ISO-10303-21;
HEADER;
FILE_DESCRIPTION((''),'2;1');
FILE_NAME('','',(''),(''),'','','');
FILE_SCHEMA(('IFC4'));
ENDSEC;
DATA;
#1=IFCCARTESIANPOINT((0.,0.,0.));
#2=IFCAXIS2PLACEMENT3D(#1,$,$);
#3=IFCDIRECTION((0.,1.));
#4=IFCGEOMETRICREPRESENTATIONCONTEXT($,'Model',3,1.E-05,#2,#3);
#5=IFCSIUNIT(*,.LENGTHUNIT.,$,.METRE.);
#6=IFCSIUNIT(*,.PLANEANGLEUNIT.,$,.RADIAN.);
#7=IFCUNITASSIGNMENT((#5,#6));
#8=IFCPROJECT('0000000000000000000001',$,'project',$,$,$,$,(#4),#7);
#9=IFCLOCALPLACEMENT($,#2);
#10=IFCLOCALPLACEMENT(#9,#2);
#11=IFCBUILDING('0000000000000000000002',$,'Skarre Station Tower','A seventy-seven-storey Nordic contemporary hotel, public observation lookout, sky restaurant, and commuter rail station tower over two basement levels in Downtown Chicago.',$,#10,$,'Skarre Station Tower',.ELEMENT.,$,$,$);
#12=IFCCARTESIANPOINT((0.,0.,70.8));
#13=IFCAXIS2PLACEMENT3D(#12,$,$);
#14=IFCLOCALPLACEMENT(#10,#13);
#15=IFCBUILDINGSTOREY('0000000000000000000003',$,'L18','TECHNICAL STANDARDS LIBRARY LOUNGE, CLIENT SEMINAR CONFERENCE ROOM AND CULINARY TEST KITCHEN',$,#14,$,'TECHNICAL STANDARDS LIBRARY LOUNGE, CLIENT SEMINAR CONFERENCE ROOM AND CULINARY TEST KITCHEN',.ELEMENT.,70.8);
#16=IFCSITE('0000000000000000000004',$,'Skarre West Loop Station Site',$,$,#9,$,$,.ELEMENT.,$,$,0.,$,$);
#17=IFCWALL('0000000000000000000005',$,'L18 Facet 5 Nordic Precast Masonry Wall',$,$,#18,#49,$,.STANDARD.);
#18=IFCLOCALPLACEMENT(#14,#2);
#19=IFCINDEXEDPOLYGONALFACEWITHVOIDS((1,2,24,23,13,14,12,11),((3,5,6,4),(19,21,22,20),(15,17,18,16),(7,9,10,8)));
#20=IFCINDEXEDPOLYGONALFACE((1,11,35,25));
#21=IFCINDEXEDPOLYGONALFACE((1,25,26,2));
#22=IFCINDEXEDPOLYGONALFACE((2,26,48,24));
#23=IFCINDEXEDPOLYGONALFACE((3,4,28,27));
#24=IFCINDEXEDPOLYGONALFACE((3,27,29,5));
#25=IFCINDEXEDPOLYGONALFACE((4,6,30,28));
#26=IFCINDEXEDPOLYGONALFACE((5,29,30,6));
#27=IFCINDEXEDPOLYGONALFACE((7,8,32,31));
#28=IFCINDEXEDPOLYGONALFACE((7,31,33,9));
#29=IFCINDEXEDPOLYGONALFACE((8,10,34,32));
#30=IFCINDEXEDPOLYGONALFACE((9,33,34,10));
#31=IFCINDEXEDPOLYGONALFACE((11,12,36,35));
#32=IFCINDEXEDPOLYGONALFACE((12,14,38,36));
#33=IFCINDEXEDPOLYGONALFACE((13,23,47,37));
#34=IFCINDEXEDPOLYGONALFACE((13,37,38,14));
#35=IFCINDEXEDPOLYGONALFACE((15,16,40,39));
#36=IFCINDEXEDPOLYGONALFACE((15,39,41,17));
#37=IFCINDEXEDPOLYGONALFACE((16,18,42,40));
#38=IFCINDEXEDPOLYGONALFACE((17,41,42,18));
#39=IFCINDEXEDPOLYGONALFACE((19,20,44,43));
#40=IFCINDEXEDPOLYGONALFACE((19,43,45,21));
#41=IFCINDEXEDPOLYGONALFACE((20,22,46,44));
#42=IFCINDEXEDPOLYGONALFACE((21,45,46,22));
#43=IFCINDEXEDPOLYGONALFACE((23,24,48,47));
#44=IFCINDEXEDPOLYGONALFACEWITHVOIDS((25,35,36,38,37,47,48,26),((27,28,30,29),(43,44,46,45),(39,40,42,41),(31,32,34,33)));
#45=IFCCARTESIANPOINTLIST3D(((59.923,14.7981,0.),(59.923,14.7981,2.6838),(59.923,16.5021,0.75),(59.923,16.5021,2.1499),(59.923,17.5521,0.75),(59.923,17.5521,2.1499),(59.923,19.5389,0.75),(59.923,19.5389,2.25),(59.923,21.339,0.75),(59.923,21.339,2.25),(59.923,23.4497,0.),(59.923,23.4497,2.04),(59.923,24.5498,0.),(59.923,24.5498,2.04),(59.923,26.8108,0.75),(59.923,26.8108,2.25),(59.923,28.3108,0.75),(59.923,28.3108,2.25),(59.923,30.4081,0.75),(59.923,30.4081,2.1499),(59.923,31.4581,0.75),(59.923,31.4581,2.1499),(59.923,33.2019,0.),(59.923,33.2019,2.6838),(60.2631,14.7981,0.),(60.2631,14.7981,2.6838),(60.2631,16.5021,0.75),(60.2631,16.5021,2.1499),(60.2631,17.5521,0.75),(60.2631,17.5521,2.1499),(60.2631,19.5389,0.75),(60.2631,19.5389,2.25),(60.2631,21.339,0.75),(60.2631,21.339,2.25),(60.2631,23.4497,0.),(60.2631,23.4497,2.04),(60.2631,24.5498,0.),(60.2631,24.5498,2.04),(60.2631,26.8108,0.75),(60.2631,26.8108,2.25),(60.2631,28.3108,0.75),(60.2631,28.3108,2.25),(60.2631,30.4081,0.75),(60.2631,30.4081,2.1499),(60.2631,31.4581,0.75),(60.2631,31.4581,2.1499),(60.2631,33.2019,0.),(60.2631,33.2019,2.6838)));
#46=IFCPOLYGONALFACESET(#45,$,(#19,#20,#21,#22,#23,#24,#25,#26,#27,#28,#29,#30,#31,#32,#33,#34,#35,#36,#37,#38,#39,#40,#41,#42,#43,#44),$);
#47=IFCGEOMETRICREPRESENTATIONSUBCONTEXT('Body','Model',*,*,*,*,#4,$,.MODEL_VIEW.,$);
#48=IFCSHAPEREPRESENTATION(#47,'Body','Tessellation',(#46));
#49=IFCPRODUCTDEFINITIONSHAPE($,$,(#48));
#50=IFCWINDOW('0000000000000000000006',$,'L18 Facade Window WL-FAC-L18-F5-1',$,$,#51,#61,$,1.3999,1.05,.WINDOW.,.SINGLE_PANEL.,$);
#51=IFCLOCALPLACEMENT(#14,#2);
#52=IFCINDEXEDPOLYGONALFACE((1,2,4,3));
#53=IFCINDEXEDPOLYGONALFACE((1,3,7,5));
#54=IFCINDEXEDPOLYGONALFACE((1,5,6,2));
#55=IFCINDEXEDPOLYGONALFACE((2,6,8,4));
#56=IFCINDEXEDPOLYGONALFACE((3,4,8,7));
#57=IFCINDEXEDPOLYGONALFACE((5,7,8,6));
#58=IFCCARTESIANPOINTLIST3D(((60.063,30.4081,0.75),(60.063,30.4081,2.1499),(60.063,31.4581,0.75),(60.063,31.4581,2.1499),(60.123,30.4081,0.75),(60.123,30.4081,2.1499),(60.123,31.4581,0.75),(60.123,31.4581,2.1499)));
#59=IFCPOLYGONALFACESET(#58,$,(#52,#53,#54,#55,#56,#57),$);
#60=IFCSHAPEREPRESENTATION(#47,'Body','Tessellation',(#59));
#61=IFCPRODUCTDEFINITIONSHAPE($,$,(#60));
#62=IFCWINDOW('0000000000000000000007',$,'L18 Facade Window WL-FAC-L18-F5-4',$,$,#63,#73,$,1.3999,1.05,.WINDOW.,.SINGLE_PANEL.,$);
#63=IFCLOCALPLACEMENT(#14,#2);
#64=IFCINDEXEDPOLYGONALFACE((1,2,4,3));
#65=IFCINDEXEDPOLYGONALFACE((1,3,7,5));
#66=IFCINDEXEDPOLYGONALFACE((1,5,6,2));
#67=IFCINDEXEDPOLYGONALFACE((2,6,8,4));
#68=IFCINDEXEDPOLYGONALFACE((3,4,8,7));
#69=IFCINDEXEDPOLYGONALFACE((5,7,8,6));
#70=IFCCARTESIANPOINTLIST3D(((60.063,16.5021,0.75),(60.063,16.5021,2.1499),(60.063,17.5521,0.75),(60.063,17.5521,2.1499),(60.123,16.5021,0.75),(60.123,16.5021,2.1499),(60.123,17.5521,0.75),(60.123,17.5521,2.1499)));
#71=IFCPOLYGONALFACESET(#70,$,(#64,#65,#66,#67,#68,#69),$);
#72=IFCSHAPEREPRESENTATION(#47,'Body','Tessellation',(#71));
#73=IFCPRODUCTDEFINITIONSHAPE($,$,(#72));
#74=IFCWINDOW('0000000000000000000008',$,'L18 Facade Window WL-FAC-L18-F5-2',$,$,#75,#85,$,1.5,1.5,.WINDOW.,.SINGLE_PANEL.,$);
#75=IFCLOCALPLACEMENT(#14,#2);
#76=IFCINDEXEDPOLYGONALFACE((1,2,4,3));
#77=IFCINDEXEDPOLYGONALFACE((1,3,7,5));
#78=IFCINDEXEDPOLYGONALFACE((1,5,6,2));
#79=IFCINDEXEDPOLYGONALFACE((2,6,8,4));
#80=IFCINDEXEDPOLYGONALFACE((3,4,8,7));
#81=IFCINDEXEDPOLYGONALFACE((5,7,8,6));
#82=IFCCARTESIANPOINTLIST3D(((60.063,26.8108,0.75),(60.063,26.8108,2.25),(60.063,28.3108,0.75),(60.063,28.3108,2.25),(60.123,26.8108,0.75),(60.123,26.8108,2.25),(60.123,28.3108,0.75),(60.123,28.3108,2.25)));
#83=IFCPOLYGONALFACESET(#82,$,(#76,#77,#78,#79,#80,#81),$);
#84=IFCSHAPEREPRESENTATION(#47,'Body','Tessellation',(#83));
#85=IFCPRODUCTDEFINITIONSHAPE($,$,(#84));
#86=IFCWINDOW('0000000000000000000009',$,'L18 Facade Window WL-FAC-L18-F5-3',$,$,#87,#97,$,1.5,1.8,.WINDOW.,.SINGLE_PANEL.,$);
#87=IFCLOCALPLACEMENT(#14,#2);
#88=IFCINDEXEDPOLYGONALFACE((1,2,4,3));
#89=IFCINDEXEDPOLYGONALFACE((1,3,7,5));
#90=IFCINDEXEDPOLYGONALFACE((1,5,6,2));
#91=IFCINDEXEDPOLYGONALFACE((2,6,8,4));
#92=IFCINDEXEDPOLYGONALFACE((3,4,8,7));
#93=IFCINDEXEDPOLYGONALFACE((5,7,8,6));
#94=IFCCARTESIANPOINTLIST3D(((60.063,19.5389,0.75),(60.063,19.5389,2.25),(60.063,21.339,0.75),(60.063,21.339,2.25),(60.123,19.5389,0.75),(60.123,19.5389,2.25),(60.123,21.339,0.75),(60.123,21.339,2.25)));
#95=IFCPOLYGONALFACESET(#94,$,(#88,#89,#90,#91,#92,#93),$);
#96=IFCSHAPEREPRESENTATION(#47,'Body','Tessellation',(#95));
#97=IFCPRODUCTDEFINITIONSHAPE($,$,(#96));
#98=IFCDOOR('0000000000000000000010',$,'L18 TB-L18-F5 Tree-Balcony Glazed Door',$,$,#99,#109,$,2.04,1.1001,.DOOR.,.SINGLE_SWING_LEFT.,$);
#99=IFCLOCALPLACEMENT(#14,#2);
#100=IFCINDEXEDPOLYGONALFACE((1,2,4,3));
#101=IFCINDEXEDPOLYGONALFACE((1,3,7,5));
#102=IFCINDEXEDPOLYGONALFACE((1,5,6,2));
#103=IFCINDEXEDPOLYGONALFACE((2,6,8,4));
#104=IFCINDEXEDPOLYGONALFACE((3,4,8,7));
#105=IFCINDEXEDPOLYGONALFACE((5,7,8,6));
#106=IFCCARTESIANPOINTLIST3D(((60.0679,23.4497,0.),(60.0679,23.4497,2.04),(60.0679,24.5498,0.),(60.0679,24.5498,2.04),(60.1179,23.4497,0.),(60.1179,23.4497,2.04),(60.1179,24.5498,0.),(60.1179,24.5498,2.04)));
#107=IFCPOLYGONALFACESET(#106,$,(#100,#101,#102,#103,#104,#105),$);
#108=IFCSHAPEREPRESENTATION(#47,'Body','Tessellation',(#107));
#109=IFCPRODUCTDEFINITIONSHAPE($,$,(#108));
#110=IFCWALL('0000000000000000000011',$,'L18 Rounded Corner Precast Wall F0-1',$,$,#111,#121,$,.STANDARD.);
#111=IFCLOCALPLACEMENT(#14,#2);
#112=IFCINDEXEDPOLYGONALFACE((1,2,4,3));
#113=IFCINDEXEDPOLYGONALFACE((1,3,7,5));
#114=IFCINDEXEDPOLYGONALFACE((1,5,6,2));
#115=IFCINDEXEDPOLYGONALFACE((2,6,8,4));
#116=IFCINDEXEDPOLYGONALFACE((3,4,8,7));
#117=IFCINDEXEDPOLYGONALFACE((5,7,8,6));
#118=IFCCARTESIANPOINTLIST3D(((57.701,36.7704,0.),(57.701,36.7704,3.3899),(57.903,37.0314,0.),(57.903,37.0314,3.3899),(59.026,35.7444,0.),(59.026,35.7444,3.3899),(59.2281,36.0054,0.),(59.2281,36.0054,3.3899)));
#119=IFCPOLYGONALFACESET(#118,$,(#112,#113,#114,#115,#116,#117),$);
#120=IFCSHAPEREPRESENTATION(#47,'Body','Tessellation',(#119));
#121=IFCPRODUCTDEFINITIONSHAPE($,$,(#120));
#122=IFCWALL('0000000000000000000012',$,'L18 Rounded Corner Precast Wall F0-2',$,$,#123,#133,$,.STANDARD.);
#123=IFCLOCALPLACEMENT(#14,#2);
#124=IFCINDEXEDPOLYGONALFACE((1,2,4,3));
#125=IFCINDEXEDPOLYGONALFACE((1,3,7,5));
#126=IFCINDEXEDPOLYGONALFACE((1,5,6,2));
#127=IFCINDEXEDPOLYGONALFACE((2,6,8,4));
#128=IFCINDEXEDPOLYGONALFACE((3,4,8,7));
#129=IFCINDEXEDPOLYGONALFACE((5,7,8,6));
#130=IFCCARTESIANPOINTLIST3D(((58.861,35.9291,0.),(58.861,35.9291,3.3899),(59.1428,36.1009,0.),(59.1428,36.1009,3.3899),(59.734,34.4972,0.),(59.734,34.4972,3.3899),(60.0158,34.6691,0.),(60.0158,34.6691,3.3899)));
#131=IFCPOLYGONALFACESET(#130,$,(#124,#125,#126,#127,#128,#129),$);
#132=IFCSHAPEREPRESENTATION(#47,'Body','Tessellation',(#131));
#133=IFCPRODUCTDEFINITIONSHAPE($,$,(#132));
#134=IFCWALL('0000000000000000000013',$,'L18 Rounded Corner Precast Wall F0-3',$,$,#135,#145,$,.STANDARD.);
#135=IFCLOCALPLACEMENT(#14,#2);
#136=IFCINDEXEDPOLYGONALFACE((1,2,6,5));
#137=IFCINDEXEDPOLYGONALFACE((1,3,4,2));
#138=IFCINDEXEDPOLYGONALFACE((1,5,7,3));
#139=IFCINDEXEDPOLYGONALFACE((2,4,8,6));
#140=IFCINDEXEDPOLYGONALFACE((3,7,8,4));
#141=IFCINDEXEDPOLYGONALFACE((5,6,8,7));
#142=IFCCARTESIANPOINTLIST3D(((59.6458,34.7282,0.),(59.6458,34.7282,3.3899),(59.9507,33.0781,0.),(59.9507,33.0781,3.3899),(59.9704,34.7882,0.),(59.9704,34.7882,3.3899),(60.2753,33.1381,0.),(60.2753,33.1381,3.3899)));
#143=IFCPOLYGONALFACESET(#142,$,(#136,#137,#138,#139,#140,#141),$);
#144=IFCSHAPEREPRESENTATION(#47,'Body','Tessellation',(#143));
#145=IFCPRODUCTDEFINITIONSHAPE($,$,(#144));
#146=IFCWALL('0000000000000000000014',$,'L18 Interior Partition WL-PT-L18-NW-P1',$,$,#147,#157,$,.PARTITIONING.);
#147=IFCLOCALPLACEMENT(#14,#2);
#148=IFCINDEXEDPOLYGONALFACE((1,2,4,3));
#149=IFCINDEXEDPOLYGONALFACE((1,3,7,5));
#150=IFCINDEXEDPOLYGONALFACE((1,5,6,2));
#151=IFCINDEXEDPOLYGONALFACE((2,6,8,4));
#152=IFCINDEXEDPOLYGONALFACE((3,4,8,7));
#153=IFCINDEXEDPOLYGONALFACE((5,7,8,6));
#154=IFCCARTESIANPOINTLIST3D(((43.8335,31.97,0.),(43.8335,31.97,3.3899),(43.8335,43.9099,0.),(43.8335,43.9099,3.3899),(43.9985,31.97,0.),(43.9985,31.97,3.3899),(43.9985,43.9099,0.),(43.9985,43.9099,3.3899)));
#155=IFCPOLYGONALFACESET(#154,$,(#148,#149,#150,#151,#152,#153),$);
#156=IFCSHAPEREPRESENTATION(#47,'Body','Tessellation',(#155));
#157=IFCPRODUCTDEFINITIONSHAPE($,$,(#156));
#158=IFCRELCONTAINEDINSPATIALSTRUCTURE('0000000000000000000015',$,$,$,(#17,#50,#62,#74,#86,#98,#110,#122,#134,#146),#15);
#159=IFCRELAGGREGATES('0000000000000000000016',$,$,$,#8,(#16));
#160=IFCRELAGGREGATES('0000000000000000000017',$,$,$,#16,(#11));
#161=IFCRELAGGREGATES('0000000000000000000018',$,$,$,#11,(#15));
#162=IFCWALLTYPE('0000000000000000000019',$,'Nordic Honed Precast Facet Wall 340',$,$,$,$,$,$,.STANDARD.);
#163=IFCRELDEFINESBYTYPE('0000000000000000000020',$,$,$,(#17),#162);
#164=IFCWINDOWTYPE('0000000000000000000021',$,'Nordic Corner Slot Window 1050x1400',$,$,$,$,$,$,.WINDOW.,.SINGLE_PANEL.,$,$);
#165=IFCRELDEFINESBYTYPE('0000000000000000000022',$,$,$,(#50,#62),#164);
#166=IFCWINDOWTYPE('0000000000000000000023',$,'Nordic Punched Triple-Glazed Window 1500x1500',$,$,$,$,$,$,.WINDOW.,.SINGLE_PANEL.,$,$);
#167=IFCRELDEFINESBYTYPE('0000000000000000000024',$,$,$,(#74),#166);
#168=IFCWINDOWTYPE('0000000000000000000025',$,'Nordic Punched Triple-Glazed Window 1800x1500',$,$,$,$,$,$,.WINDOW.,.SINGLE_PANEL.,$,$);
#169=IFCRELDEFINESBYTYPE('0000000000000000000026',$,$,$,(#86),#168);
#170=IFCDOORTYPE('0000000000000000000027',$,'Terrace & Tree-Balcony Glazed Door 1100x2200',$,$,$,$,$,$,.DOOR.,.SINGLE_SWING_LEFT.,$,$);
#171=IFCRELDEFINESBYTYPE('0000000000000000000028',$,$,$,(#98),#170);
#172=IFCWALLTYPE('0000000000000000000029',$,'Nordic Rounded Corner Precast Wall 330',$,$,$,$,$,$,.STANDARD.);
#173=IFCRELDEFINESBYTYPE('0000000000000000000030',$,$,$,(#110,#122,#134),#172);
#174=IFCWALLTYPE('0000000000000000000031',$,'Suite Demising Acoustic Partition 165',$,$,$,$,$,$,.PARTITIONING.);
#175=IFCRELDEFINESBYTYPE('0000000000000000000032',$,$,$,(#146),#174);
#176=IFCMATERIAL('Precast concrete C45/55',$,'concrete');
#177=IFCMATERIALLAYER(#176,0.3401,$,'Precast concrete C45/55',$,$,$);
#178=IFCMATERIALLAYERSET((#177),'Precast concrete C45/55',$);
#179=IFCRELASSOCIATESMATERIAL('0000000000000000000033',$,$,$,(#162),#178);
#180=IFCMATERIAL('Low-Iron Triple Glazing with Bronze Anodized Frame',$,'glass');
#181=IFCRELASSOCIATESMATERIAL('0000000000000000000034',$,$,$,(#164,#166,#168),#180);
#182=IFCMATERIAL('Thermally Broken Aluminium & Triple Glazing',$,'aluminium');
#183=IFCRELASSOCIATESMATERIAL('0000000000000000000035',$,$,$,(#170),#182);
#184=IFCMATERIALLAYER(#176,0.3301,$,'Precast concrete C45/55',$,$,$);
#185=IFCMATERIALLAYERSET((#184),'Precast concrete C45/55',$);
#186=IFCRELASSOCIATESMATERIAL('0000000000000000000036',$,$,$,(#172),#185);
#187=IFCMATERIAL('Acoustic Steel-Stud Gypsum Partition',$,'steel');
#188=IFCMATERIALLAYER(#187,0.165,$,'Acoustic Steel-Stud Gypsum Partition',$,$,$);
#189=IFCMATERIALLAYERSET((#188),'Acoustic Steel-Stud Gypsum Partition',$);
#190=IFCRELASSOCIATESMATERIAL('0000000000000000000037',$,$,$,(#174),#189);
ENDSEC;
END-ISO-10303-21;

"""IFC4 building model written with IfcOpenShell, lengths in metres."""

from ifc_helpers import new_model, si_unit, direction, frame, frame_2d, origin, place, context, subcontext, project, spatial, rectangle, extrude, material, layer, layer_set, type_object, element, fill, save


model = new_model("IFC4")

# Units and contexts
model_context = context("Model", 3, precision=1e-05, world=origin(), true_north=direction((0.0, 1.0)))
body_context = subcontext(model_context, "Body", "Model", "MODEL_VIEW")
ifc_project = project(units=[si_unit("LENGTHUNIT", "METRE"), si_unit("PLANEANGLEUNIT", "RADIAN")], contexts=[model_context])

# Site, building, storey
site_placement = place(None, origin())
site = spatial("IfcSite", under=ifc_project, at=site_placement, Name="Skarre West Loop Station Site", CompositionType="ELEMENT", RefElevation=0.0)
building_placement = place(site_placement, origin())
building = spatial("IfcBuilding", under=site, at=building_placement, Name="Skarre Station Tower", Description="A seventy-seven-storey Nordic contemporary hotel, public observation lookout, sky restaurant, and commuter rail station tower over two basement levels in Downtown Chicago.", LongName="Skarre Station Tower", CompositionType="ELEMENT")
storey_placement = place(building_placement, frame((0.0, 0.0, 70.8)))
storey = spatial("IfcBuildingStorey", under=building, at=storey_placement, Name="L18", Description="TECHNICAL STANDARDS LIBRARY LOUNGE, CLIENT SEMINAR CONFERENCE ROOM AND CULINARY TEST KITCHEN", LongName="TECHNICAL STANDARDS LIBRARY LOUNGE, CLIENT SEMINAR CONFERENCE ROOM AND CULINARY TEST KITCHEN", CompositionType="ELEMENT", Elevation=70.8)

# Shared definitions
ifc_material_1 = material(Name="Acoustic Steel-Stud Gypsum Partition", Category="steel")

# Wall, openings, windows, door
ifc_material_2 = material(Name="Precast concrete C45/55", Category="concrete")
ifc_layer_1 = layer(ifc_material_2, 0.3401, Name="Precast concrete C45/55")
ifc_layer_set_1 = layer_set([ifc_layer_1], Name="Precast concrete C45/55")
wall_type_1 = type_object("IfcWallType", Name="Nordic Honed Precast Facet Wall 340", PredefinedType="STANDARD", material=ifc_layer_set_1)
wall_1_placement = place(storey_placement, frame((60.093, 33.2019, 0.0), z_axis=(0.0, 0.0, 1.0), x_axis=(0.0, -1.0, 0.0)))
wall_1 = element("IfcWall", 1, at=wall_1_placement, inside=storey, type_object=wall_type_1, Name="L18 Facet 5 Nordic Precast Masonry Wall", PredefinedType="STANDARD", context=body_context, shape_type="SweptSolid", body=[
    extrude(rectangle(XDim=18.4038, YDim=0.3401, at=frame_2d((9.2019, 0.0))), origin(), (0.0, 0.0, 1.0), 2.6838),
])
opening_1_placement = place(wall_1_placement, frame((8.6521, 0.0, 0.0)))
opening_1 = element("IfcOpeningElement", 2, at=opening_1_placement, cuts=wall_1, PredefinedType="OPENING", context=body_context, shape_type="SweptSolid", body=[
    extrude(rectangle(XDim=1.1001, YDim=2.04, at=frame_2d((0.55, 1.02))), frame((0.0, 0.1799, 0.0), z_axis=(0.0, -1.0, 0.0), x_axis=(1.0, 0.0, 0.0)), (0.0, 0.0, 1.0), 0.3601),
])
opening_2_placement = place(wall_1_placement, frame((1.7439, 0.0, 0.75)))
opening_2 = element("IfcOpeningElement", 3, at=opening_2_placement, cuts=wall_1, PredefinedType="OPENING", context=body_context, shape_type="SweptSolid", body=[
    extrude(rectangle(XDim=1.05, YDim=1.3999, at=frame_2d((0.5249, 0.7))), frame((0.0, 0.1799, 0.0), z_axis=(0.0, -1.0, 0.0), x_axis=(1.0, 0.0, 0.0)), (0.0, 0.0, 1.0), 0.3601),
])
opening_3_placement = place(wall_1_placement, frame((4.8911, 0.0, 0.75)))
opening_3 = element("IfcOpeningElement", 4, at=opening_3_placement, cuts=wall_1, PredefinedType="OPENING", context=body_context, shape_type="SweptSolid", body=[
    extrude(rectangle(XDim=1.5, YDim=1.5, at=frame_2d((0.75, 0.75))), frame((0.0, 0.1799, 0.0), z_axis=(0.0, -1.0, 0.0), x_axis=(1.0, 0.0, 0.0)), (0.0, 0.0, 1.0), 0.3601),
])
opening_4_placement = place(wall_1_placement, frame((11.863, 0.0, 0.75)))
opening_4 = element("IfcOpeningElement", 5, at=opening_4_placement, cuts=wall_1, PredefinedType="OPENING", context=body_context, shape_type="SweptSolid", body=[
    extrude(rectangle(XDim=1.8, YDim=1.5, at=frame_2d((0.8999, 0.75))), frame((0.0, 0.1799, 0.0), z_axis=(0.0, -1.0, 0.0), x_axis=(1.0, 0.0, 0.0)), (0.0, 0.0, 1.0), 0.3601),
])
opening_5_placement = place(wall_1_placement, frame((15.6499, 0.0, 0.75)))
opening_5 = element("IfcOpeningElement", 6, at=opening_5_placement, cuts=wall_1, PredefinedType="OPENING", context=body_context, shape_type="SweptSolid", body=[
    extrude(rectangle(XDim=1.05, YDim=1.3999, at=frame_2d((0.5249, 0.7))), frame((0.0, 0.1799, 0.0), z_axis=(0.0, -1.0, 0.0), x_axis=(1.0, 0.0, 0.0)), (0.0, 0.0, 1.0), 0.3601),
])
ifc_material_3 = material(Name="Low-Iron Triple Glazing with Bronze Anodized Frame", Category="glass")
window_type_1 = type_object("IfcWindowType", Name="Nordic Corner Slot Window 1050x1400", PartitioningType="SINGLE_PANEL", PredefinedType="WINDOW", material=ifc_material_3)
window_1_placement = place(opening_2_placement, origin())
window_1 = element("IfcWindow", 7, at=window_1_placement, inside=storey, type_object=window_type_1, Name="L18 Facade Window WL-FAC-L18-F5-1", OverallHeight=1.3999, OverallWidth=1.05, PartitioningType="SINGLE_PANEL", PredefinedType="WINDOW", context=body_context, shape_type="SweptSolid", body=[
    extrude(rectangle(XDim=1.05, YDim=1.3999, at=frame_2d((0.5249, 0.7))), frame((0.0, 0.03, 0.0), z_axis=(0.0, -1.0, 0.0), x_axis=(1.0, 0.0, 0.0)), (0.0, 0.0, 1.0), 0.0601),
])
fill(opening_2, window_1)
window_2_placement = place(opening_5_placement, origin())
window_2 = element("IfcWindow", 8, at=window_2_placement, inside=storey, type_object=window_type_1, Name="L18 Facade Window WL-FAC-L18-F5-4", OverallHeight=1.3999, OverallWidth=1.05, PartitioningType="SINGLE_PANEL", PredefinedType="WINDOW", context=body_context, shape_type="SweptSolid", body=[
    extrude(rectangle(XDim=1.05, YDim=1.3999, at=frame_2d((0.5249, 0.7))), frame((0.0, 0.03, 0.0), z_axis=(0.0, -1.0, 0.0), x_axis=(1.0, 0.0, 0.0)), (0.0, 0.0, 1.0), 0.0601),
])
fill(opening_5, window_2)
window_type_2 = type_object("IfcWindowType", Name="Nordic Punched Triple-Glazed Window 1500x1500", PartitioningType="SINGLE_PANEL", PredefinedType="WINDOW", material=ifc_material_3)
window_3_placement = place(opening_3_placement, origin())
window_3 = element("IfcWindow", 9, at=window_3_placement, inside=storey, type_object=window_type_2, Name="L18 Facade Window WL-FAC-L18-F5-2", OverallHeight=1.5, OverallWidth=1.5, PartitioningType="SINGLE_PANEL", PredefinedType="WINDOW", context=body_context, shape_type="SweptSolid", body=[
    extrude(rectangle(XDim=1.5, YDim=1.5, at=frame_2d((0.75, 0.75))), frame((0.0, 0.03, 0.0), z_axis=(0.0, -1.0, 0.0), x_axis=(1.0, 0.0, 0.0)), (0.0, 0.0, 1.0), 0.0601),
])
fill(opening_3, window_3)
window_type_3 = type_object("IfcWindowType", Name="Nordic Punched Triple-Glazed Window 1800x1500", PartitioningType="SINGLE_PANEL", PredefinedType="WINDOW", material=ifc_material_3)
window_4_placement = place(opening_4_placement, origin())
window_4 = element("IfcWindow", 10, at=window_4_placement, inside=storey, type_object=window_type_3, Name="L18 Facade Window WL-FAC-L18-F5-3", OverallHeight=1.5, OverallWidth=1.8, PartitioningType="SINGLE_PANEL", PredefinedType="WINDOW", context=body_context, shape_type="SweptSolid", body=[
    extrude(rectangle(XDim=1.8, YDim=1.5, at=frame_2d((0.8999, 0.75))), frame((0.0, 0.03, 0.0), z_axis=(0.0, -1.0, 0.0), x_axis=(1.0, 0.0, 0.0)), (0.0, 0.0, 1.0), 0.0601),
])
fill(opening_4, window_4)
ifc_material_4 = material(Name="Thermally Broken Aluminium & Triple Glazing", Category="aluminium")
door_type_1 = type_object("IfcDoorType", Name="Terrace & Tree-Balcony Glazed Door 1100x2200", OperationType="SINGLE_SWING_LEFT", PredefinedType="DOOR", material=ifc_material_4)
door_1_placement = place(opening_1_placement, origin())
door_1 = element("IfcDoor", 11, at=door_1_placement, inside=storey, type_object=door_type_1, Name="L18 TB-L18-F5 Tree-Balcony Glazed Door", OperationType="SINGLE_SWING_LEFT", OverallHeight=2.04, OverallWidth=1.1001, PredefinedType="DOOR", context=body_context, shape_type="SweptSolid", body=[
    extrude(rectangle(XDim=1.1001, YDim=2.04, at=frame_2d((0.55, 1.02))), frame((0.0, 0.0249, 0.0), z_axis=(0.0, -1.0, 0.0), x_axis=(1.0, 0.0, 0.0)), (0.0, 0.0, 1.0), 0.05),
])
fill(opening_1, door_1)

# Walls
ifc_layer_2 = layer(ifc_material_2, 0.3301, Name="Precast concrete C45/55")
ifc_layer_set_2 = layer_set([ifc_layer_2], Name="Precast concrete C45/55")
wall_type_2 = type_object("IfcWallType", Name="Nordic Rounded Corner Precast Wall 330", PredefinedType="STANDARD", material=ifc_layer_set_2)
wall_2_placement = place(storey_placement, frame((57.802, 36.9009, 0.0), z_axis=(0.0, 0.0, 1.0), x_axis=(0.790692, -0.612214, 0.0)))
element("IfcWall", 12, at=wall_2_placement, inside=storey, type_object=wall_type_2, Name="L18 Rounded Corner Precast Wall F0-1", PredefinedType="STANDARD", context=body_context, shape_type="SweptSolid", body=[
    extrude(rectangle(XDim=1.6758, YDim=0.3301, at=frame_2d((0.8379, 0.0))), origin(), (0.0, 0.0, 1.0), 3.3899),
])
wall_3_placement = place(storey_placement, frame((59.002, 36.0149, 0.0), z_axis=(0.0, 0.0, 1.0), x_axis=(0.520584, -0.85381, 0.0)))
element("IfcWall", 13, at=wall_3_placement, inside=storey, type_object=wall_type_2, Name="L18 Rounded Corner Precast Wall F0-2", PredefinedType="STANDARD", context=body_context, shape_type="SweptSolid", body=[
    extrude(rectangle(XDim=1.677, YDim=0.3301, at=frame_2d((0.8384, 0.0))), origin(), (0.0, 0.0, 1.0), 3.3899),
])
wall_4_placement = place(storey_placement, frame((59.8081, 34.7581, 0.0), z_axis=(0.0, 0.0, 1.0), x_axis=(0.181714, -0.983351, 0.0)))
element("IfcWall", 14, at=wall_4_placement, inside=storey, type_object=wall_type_2, Name="L18 Rounded Corner Precast Wall F0-3", PredefinedType="STANDARD", context=body_context, shape_type="SweptSolid", body=[
    extrude(rectangle(XDim=1.678, YDim=0.3301, at=frame_2d((0.8389, 0.0))), origin(), (0.0, 0.0, 1.0), 3.3899),
])
ifc_layer_3 = layer(ifc_material_1, 0.165, Name="Acoustic Steel-Stud Gypsum Partition")
ifc_layer_set_3 = layer_set([ifc_layer_3], Name="Acoustic Steel-Stud Gypsum Partition")
wall_type_3 = type_object("IfcWallType", Name="Suite Demising Acoustic Partition 165", PredefinedType="PARTITIONING", material=ifc_layer_set_3)
wall_5_placement = place(storey_placement, frame((43.916, 31.97, 0.0), z_axis=(0.0, 0.0, 1.0), x_axis=(0.0, 1.0, 0.0)))
element("IfcWall", 15, at=wall_5_placement, inside=storey, type_object=wall_type_3, Name="L18 Interior Partition WL-PT-L18-NW-P1", PredefinedType="PARTITIONING", context=body_context, shape_type="SweptSolid", body=[
    extrude(rectangle(XDim=11.9399, YDim=0.165, at=frame_2d((5.97, 0.0))), origin(), (0.0, 0.0, 1.0), 3.3899),
])

save(model, "model.ifc")
